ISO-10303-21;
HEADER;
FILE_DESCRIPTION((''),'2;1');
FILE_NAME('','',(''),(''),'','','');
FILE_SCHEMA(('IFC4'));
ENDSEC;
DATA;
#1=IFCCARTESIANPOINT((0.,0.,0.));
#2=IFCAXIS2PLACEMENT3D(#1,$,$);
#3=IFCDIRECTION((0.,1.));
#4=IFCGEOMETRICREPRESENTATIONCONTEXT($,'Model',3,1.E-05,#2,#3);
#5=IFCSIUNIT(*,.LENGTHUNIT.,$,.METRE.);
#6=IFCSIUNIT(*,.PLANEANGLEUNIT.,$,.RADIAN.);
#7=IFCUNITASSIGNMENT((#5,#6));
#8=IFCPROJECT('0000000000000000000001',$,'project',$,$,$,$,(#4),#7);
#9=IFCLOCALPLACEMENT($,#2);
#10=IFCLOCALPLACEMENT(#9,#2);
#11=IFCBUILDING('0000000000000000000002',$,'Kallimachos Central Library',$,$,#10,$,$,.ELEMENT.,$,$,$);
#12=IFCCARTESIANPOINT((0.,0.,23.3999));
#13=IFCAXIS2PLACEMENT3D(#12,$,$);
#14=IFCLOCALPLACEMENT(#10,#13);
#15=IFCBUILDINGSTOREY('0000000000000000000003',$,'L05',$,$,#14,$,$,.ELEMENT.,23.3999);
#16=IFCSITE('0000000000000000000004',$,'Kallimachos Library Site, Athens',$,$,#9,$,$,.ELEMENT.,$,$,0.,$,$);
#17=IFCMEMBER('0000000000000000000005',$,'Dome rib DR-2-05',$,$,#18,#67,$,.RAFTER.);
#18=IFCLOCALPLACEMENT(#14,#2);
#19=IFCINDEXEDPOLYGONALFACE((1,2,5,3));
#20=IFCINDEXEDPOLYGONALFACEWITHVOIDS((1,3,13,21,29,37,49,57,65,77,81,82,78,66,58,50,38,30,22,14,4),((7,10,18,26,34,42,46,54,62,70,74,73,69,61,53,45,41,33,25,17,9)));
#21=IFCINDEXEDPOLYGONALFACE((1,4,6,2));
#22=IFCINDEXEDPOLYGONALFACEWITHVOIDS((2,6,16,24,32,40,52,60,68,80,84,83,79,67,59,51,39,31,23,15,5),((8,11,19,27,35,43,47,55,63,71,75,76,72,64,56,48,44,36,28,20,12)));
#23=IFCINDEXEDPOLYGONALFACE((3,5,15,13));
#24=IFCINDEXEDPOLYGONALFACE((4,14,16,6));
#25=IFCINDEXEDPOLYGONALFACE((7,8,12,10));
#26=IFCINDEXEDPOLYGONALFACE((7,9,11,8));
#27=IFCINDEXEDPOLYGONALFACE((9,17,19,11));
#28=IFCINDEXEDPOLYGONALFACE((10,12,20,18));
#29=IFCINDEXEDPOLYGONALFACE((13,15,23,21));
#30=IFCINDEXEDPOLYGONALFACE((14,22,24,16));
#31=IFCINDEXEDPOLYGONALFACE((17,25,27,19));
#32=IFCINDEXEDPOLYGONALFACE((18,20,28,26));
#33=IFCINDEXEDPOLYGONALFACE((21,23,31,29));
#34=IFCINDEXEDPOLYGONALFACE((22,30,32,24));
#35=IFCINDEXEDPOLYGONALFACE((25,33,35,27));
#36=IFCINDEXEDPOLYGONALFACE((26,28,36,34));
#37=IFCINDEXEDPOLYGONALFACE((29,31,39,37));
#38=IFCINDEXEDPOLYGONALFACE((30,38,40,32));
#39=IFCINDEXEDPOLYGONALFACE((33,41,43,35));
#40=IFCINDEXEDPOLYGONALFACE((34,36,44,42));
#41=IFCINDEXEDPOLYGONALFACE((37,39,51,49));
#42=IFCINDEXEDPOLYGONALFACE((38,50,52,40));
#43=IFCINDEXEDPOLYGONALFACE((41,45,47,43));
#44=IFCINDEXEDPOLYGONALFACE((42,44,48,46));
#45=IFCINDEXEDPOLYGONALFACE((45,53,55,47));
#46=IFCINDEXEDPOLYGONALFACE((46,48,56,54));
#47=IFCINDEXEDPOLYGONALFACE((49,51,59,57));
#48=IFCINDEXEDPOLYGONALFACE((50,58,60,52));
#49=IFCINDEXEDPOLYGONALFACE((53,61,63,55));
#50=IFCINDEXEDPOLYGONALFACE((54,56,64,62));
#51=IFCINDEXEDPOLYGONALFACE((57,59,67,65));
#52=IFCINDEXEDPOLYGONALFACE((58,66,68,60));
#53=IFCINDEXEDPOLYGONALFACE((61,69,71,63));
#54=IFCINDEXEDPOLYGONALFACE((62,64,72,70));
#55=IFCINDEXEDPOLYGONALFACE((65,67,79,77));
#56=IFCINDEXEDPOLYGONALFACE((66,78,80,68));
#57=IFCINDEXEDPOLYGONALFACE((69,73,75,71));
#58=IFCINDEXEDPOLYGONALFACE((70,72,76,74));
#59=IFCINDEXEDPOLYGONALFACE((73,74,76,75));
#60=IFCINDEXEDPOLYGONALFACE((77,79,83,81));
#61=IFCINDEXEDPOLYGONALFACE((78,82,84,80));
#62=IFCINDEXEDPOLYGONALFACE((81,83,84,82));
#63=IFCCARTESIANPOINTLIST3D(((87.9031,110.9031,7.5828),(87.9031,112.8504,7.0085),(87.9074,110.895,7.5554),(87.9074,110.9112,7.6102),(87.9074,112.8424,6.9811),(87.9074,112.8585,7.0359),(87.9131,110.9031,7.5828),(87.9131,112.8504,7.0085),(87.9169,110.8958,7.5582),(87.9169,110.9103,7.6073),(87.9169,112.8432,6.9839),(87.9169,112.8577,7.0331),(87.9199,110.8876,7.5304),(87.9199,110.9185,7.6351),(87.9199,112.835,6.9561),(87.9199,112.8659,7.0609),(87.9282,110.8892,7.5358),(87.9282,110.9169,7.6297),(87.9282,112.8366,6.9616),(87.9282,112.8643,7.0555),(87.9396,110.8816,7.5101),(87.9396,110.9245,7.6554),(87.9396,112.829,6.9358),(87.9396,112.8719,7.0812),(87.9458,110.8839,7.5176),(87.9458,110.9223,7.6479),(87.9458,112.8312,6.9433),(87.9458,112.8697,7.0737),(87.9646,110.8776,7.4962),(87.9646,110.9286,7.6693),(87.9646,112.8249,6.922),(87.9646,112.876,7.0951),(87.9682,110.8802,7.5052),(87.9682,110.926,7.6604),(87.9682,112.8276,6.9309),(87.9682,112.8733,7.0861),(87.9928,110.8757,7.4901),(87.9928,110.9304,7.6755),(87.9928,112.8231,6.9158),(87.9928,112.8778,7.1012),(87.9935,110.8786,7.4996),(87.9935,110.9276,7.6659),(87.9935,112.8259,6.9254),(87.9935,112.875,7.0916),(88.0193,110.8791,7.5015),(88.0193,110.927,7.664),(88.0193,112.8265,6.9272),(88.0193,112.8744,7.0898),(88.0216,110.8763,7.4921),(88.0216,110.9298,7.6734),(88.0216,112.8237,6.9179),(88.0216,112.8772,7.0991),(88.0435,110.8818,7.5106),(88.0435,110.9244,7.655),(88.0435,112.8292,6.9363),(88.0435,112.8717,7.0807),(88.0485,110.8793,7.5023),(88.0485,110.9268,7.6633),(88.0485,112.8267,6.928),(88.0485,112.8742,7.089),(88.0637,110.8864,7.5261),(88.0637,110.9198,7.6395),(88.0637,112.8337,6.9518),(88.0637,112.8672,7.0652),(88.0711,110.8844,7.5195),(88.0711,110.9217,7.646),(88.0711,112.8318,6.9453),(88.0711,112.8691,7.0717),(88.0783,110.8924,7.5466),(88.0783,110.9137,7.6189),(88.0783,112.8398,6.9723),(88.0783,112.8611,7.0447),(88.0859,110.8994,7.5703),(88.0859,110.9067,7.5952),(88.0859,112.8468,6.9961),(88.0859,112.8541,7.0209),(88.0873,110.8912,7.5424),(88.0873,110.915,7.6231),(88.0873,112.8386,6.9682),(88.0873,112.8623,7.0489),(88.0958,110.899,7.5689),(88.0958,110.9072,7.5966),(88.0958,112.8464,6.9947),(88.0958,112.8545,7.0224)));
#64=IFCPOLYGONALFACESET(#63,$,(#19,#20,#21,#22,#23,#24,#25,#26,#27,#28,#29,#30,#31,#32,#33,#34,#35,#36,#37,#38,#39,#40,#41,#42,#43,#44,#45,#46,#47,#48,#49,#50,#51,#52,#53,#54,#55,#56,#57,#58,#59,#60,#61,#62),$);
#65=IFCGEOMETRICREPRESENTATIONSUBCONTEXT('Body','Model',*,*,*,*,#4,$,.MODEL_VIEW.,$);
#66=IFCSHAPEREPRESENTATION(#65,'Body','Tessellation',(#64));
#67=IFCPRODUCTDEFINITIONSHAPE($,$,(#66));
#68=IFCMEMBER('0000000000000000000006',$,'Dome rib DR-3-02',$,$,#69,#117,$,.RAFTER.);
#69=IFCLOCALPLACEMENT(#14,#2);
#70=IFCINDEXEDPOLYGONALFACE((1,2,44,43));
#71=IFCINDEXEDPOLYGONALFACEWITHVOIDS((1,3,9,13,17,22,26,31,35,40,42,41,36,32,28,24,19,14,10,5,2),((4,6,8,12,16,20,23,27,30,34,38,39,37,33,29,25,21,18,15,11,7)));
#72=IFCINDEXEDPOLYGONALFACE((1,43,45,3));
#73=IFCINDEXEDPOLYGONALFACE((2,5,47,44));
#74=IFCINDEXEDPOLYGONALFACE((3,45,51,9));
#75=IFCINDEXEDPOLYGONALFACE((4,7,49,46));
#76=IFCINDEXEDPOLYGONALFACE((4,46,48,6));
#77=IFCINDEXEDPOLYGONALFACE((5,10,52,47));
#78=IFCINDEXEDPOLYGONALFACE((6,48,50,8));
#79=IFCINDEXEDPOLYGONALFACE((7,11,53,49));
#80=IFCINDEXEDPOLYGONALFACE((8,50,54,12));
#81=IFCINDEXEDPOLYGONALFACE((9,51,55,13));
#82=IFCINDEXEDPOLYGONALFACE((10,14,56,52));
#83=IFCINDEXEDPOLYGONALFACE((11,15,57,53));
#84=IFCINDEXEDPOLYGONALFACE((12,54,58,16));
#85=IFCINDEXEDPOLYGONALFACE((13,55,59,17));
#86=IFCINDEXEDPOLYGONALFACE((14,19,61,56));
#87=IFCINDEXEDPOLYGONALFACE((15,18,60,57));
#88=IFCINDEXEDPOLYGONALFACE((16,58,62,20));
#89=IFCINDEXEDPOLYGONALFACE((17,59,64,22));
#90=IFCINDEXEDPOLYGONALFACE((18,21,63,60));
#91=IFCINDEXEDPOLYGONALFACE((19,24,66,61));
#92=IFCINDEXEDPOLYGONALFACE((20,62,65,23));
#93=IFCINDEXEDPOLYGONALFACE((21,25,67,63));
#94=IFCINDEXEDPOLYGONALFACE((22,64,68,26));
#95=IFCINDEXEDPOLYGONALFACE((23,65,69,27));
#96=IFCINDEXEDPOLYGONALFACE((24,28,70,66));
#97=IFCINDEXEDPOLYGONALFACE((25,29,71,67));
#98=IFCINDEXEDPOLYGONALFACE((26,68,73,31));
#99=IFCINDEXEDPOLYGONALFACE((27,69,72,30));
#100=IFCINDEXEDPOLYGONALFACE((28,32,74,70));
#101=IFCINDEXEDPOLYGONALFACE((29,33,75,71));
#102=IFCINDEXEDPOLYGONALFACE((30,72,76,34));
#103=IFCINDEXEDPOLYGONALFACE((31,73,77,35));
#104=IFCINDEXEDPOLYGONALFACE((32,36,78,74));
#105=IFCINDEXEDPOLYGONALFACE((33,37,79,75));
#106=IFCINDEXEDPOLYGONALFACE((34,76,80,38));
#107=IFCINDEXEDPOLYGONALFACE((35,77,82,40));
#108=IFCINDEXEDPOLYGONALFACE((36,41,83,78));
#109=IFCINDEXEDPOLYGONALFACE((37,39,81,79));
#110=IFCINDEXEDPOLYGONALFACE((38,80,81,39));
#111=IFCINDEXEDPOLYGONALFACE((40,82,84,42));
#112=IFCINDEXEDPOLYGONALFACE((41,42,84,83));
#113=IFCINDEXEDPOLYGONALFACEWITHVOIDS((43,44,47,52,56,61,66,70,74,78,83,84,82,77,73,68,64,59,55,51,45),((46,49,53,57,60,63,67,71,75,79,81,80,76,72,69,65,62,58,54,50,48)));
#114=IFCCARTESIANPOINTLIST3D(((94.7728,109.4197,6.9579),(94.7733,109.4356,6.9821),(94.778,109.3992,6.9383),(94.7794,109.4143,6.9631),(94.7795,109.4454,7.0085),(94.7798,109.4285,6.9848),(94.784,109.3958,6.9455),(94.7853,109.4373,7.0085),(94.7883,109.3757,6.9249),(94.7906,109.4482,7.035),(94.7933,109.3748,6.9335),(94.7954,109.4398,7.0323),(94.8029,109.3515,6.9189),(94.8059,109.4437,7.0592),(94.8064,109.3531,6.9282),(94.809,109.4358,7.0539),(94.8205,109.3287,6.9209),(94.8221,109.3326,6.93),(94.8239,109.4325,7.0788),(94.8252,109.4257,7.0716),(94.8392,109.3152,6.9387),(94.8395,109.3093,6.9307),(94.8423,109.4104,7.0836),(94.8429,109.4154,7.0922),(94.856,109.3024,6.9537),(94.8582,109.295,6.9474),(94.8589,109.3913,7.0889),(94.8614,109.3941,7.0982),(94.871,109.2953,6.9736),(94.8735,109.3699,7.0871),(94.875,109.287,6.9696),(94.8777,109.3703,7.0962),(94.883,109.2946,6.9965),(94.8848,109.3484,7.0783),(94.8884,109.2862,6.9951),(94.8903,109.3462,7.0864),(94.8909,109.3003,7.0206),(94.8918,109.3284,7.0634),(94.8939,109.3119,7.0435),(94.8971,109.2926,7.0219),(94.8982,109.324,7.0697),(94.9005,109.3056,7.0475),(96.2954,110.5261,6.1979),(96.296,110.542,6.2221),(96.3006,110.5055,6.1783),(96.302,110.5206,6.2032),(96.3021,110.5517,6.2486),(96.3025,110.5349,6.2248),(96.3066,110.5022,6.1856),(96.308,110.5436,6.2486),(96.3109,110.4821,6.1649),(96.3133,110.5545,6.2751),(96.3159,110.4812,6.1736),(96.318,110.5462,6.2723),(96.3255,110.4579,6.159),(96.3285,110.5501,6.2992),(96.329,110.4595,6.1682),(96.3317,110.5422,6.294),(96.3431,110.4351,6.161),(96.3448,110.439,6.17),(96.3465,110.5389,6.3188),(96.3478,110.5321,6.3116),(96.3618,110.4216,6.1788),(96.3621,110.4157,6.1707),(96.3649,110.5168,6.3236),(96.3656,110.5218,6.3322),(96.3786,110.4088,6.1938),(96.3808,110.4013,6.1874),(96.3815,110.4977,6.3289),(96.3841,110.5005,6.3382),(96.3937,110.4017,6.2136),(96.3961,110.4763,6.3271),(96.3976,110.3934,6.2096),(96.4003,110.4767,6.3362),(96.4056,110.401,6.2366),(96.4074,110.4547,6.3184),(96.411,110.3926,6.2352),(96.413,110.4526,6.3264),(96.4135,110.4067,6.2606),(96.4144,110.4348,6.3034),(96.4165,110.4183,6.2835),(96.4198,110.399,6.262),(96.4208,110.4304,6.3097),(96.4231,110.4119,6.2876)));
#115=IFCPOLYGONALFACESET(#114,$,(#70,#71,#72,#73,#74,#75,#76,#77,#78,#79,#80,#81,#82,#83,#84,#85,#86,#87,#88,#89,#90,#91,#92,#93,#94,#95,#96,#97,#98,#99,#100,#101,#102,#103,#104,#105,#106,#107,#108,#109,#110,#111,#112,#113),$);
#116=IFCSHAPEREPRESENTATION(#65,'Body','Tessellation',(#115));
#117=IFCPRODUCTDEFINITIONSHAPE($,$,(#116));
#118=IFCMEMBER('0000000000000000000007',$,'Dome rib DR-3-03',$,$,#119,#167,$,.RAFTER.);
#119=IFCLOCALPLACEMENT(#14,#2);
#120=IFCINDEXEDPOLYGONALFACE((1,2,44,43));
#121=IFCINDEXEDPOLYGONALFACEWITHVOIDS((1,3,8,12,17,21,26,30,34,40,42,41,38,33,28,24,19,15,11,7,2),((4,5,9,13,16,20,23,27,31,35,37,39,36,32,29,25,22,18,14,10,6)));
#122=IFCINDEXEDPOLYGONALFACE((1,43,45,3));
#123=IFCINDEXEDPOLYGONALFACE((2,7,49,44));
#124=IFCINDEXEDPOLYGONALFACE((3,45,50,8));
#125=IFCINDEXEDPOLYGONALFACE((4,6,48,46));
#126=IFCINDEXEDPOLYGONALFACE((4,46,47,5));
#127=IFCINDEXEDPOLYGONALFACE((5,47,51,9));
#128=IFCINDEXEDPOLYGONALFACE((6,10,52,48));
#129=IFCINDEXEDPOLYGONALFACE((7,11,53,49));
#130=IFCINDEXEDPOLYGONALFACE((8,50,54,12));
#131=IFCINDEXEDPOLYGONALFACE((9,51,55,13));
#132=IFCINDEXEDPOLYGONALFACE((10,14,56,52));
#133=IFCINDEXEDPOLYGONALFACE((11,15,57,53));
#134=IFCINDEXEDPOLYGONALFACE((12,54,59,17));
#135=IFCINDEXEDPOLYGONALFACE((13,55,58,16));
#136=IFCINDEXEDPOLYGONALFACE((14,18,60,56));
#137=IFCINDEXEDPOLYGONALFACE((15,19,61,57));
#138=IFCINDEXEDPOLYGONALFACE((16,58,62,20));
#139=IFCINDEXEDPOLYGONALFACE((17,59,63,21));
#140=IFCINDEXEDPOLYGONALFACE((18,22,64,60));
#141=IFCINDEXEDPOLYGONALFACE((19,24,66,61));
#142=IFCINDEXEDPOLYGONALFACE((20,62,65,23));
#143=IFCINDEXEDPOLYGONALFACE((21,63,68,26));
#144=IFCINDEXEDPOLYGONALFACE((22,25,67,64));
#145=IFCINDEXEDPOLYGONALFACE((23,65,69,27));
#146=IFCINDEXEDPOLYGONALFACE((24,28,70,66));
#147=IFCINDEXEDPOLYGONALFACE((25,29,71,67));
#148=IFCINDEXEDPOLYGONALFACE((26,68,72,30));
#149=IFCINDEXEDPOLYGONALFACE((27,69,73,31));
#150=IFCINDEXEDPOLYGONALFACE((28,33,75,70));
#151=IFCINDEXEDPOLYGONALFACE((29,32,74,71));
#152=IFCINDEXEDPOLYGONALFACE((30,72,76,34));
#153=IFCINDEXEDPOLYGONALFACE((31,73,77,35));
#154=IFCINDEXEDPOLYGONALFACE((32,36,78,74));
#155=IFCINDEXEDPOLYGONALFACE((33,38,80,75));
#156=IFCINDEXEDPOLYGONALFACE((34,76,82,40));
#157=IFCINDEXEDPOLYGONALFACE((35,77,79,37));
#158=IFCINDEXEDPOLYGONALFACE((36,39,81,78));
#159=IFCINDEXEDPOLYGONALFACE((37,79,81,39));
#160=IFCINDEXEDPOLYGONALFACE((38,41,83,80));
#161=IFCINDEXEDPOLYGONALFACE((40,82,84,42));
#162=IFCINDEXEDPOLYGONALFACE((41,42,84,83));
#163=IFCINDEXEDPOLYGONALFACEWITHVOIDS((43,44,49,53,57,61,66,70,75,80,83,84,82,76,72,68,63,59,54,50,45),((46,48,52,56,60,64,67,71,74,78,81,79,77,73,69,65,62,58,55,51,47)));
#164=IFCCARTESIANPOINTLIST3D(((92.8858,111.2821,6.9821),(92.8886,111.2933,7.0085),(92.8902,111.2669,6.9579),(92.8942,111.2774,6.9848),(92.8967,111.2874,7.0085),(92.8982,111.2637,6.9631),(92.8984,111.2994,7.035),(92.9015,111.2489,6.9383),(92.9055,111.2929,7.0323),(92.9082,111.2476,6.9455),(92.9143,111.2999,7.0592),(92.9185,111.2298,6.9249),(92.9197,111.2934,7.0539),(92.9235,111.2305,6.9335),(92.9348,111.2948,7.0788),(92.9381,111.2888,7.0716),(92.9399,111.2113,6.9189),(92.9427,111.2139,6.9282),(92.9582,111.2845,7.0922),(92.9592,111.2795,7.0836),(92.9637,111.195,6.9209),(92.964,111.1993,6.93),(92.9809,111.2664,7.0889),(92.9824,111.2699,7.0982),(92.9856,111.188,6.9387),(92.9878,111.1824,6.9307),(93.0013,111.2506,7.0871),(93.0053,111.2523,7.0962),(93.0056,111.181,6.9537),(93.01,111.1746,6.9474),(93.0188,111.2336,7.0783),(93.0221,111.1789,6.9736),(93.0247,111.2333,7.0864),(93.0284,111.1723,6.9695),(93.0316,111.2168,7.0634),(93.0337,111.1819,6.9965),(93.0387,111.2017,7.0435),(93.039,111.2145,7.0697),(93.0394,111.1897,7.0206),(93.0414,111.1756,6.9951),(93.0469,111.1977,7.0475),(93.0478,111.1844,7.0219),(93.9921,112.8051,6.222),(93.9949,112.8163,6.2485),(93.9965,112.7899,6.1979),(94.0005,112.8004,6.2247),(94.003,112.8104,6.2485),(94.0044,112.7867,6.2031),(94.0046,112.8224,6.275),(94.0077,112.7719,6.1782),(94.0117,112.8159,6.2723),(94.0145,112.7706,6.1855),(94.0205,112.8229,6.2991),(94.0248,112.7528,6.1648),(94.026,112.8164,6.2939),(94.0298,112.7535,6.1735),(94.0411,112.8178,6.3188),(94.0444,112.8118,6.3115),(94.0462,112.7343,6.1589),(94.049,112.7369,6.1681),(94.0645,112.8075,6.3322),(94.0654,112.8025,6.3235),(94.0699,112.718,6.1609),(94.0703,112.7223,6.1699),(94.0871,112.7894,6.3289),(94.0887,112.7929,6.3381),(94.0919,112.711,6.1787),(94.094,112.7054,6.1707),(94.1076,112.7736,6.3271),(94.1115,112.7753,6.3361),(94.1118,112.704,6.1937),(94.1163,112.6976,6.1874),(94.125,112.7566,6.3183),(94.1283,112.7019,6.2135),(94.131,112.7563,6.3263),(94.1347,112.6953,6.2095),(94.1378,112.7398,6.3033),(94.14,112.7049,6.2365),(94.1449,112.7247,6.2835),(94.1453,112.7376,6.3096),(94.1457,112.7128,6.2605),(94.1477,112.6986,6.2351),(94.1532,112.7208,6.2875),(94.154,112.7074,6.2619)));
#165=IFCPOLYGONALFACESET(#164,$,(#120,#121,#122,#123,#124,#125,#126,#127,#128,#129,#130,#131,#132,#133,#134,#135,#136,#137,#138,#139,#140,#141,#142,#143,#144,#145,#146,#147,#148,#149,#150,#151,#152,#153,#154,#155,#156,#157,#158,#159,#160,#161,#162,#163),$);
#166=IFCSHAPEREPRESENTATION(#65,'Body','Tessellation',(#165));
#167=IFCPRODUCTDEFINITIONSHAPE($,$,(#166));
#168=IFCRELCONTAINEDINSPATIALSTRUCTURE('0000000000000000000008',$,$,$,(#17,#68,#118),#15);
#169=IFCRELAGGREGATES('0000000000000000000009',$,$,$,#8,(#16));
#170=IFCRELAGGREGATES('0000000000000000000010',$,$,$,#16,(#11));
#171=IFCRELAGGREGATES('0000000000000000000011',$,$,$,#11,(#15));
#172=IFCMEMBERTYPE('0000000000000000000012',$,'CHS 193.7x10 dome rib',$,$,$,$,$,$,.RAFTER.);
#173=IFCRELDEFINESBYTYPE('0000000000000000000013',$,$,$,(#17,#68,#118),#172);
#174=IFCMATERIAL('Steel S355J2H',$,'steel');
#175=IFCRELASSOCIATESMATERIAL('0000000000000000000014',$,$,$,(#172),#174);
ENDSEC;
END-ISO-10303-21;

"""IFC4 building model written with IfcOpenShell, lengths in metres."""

from ifc_helpers import new_model, si_unit, direction, frame, origin, origin_2d, place, context, subcontext, project, spatial, hollow_circle, extrude, material, material_profile, profile_set, type_object, element, save


model = new_model("IFC4")

# Units and contexts
model_context = context("Model", 3, precision=1e-05, world=origin(), true_north=direction((0.0, 1.0)))
body_context = subcontext(model_context, "Body", "Model", "MODEL_VIEW")
ifc_project = project(units=[si_unit("LENGTHUNIT", "METRE"), si_unit("PLANEANGLEUNIT", "RADIAN")], contexts=[model_context])

# Site, building, storey
site_placement = place(None, origin())
site = spatial("IfcSite", under=ifc_project, at=site_placement, Name="Kallimachos Library Site, Athens", CompositionType="ELEMENT", RefElevation=0.0)
building_placement = place(site_placement, origin())
building = spatial("IfcBuilding", under=site, at=building_placement, Name="Kallimachos Central Library", CompositionType="ELEMENT")
storey_placement = place(building_placement, frame((0.0, 0.0, 23.3999)))
storey = spatial("IfcBuildingStorey", under=building, at=storey_placement, Name="L05", CompositionType="ELEMENT", Elevation=23.3999)

# Members
ifc_material_1 = material(Name="Steel S355J2H", Category="steel")
ifc_material_profile_1 = material_profile(ifc_material_1, hollow_circle(Radius=0.0969, WallThickness=0.01, at=origin_2d()), Name="CHS 193.7x10")
ifc_profile_set_1 = profile_set([ifc_material_profile_1], Name="Steel S355J2H")
member_type_1 = type_object("IfcMemberType", Name="CHS 193.7x10 dome rib", PredefinedType="RAFTER", material=ifc_profile_set_1)
for number, where, z_axis, x_axis, name in (
    (1, (88.0, 110.9031, 7.5828), (0.0, 0.959166, -0.282843), (-1.0, 0.0, 0.0), "Dome rib DR-2-05"),
):
    element("IfcMember", number, at=place(storey_placement, frame(where, z_axis=z_axis, x_axis=x_axis)), inside=storey, type_object=member_type_1, Name=name, PredefinedType="RAFTER", context=body_context, shape_type="SweptSolid", body=[
        extrude(hollow_circle(Radius=0.0969, WallThickness=0.01, at=origin_2d()), origin(), (0.0, 0.0, 1.0), 2.0303),
    ])
member_1_placement = place(storey_placement, frame((94.8364, 109.3669, 7.0085), z_axis=(0.75014, 0.545076, -0.374409), x_axis=(-0.587832, 0.808983, 0.0)))
element("IfcMember", 2, at=member_1_placement, inside=storey, type_object=member_type_1, Name="Dome rib DR-3-02", PredefinedType="RAFTER", context=body_context, shape_type="SweptSolid", body=[
    extrude(hollow_circle(Radius=0.0969, WallThickness=0.01, at=origin_2d()), origin(), (0.0, 0.0, 1.0), 2.0298),
])
member_2_placement = place(storey_placement, frame((92.967, 111.2363, 7.0085), z_axis=(0.544942, 0.750242, -0.374399), x_axis=(-0.809089, 0.587686, 0.0)))
element("IfcMember", 3, at=member_2_placement, inside=storey, type_object=member_type_1, Name="Dome rib DR-3-03", PredefinedType="RAFTER", context=body_context, shape_type="SweptSolid", body=[
    extrude(hollow_circle(Radius=0.0969, WallThickness=0.01, at=origin_2d()), origin(), (0.0, 0.0, 1.0), 2.03),
])

save(model, "model.ifc")
